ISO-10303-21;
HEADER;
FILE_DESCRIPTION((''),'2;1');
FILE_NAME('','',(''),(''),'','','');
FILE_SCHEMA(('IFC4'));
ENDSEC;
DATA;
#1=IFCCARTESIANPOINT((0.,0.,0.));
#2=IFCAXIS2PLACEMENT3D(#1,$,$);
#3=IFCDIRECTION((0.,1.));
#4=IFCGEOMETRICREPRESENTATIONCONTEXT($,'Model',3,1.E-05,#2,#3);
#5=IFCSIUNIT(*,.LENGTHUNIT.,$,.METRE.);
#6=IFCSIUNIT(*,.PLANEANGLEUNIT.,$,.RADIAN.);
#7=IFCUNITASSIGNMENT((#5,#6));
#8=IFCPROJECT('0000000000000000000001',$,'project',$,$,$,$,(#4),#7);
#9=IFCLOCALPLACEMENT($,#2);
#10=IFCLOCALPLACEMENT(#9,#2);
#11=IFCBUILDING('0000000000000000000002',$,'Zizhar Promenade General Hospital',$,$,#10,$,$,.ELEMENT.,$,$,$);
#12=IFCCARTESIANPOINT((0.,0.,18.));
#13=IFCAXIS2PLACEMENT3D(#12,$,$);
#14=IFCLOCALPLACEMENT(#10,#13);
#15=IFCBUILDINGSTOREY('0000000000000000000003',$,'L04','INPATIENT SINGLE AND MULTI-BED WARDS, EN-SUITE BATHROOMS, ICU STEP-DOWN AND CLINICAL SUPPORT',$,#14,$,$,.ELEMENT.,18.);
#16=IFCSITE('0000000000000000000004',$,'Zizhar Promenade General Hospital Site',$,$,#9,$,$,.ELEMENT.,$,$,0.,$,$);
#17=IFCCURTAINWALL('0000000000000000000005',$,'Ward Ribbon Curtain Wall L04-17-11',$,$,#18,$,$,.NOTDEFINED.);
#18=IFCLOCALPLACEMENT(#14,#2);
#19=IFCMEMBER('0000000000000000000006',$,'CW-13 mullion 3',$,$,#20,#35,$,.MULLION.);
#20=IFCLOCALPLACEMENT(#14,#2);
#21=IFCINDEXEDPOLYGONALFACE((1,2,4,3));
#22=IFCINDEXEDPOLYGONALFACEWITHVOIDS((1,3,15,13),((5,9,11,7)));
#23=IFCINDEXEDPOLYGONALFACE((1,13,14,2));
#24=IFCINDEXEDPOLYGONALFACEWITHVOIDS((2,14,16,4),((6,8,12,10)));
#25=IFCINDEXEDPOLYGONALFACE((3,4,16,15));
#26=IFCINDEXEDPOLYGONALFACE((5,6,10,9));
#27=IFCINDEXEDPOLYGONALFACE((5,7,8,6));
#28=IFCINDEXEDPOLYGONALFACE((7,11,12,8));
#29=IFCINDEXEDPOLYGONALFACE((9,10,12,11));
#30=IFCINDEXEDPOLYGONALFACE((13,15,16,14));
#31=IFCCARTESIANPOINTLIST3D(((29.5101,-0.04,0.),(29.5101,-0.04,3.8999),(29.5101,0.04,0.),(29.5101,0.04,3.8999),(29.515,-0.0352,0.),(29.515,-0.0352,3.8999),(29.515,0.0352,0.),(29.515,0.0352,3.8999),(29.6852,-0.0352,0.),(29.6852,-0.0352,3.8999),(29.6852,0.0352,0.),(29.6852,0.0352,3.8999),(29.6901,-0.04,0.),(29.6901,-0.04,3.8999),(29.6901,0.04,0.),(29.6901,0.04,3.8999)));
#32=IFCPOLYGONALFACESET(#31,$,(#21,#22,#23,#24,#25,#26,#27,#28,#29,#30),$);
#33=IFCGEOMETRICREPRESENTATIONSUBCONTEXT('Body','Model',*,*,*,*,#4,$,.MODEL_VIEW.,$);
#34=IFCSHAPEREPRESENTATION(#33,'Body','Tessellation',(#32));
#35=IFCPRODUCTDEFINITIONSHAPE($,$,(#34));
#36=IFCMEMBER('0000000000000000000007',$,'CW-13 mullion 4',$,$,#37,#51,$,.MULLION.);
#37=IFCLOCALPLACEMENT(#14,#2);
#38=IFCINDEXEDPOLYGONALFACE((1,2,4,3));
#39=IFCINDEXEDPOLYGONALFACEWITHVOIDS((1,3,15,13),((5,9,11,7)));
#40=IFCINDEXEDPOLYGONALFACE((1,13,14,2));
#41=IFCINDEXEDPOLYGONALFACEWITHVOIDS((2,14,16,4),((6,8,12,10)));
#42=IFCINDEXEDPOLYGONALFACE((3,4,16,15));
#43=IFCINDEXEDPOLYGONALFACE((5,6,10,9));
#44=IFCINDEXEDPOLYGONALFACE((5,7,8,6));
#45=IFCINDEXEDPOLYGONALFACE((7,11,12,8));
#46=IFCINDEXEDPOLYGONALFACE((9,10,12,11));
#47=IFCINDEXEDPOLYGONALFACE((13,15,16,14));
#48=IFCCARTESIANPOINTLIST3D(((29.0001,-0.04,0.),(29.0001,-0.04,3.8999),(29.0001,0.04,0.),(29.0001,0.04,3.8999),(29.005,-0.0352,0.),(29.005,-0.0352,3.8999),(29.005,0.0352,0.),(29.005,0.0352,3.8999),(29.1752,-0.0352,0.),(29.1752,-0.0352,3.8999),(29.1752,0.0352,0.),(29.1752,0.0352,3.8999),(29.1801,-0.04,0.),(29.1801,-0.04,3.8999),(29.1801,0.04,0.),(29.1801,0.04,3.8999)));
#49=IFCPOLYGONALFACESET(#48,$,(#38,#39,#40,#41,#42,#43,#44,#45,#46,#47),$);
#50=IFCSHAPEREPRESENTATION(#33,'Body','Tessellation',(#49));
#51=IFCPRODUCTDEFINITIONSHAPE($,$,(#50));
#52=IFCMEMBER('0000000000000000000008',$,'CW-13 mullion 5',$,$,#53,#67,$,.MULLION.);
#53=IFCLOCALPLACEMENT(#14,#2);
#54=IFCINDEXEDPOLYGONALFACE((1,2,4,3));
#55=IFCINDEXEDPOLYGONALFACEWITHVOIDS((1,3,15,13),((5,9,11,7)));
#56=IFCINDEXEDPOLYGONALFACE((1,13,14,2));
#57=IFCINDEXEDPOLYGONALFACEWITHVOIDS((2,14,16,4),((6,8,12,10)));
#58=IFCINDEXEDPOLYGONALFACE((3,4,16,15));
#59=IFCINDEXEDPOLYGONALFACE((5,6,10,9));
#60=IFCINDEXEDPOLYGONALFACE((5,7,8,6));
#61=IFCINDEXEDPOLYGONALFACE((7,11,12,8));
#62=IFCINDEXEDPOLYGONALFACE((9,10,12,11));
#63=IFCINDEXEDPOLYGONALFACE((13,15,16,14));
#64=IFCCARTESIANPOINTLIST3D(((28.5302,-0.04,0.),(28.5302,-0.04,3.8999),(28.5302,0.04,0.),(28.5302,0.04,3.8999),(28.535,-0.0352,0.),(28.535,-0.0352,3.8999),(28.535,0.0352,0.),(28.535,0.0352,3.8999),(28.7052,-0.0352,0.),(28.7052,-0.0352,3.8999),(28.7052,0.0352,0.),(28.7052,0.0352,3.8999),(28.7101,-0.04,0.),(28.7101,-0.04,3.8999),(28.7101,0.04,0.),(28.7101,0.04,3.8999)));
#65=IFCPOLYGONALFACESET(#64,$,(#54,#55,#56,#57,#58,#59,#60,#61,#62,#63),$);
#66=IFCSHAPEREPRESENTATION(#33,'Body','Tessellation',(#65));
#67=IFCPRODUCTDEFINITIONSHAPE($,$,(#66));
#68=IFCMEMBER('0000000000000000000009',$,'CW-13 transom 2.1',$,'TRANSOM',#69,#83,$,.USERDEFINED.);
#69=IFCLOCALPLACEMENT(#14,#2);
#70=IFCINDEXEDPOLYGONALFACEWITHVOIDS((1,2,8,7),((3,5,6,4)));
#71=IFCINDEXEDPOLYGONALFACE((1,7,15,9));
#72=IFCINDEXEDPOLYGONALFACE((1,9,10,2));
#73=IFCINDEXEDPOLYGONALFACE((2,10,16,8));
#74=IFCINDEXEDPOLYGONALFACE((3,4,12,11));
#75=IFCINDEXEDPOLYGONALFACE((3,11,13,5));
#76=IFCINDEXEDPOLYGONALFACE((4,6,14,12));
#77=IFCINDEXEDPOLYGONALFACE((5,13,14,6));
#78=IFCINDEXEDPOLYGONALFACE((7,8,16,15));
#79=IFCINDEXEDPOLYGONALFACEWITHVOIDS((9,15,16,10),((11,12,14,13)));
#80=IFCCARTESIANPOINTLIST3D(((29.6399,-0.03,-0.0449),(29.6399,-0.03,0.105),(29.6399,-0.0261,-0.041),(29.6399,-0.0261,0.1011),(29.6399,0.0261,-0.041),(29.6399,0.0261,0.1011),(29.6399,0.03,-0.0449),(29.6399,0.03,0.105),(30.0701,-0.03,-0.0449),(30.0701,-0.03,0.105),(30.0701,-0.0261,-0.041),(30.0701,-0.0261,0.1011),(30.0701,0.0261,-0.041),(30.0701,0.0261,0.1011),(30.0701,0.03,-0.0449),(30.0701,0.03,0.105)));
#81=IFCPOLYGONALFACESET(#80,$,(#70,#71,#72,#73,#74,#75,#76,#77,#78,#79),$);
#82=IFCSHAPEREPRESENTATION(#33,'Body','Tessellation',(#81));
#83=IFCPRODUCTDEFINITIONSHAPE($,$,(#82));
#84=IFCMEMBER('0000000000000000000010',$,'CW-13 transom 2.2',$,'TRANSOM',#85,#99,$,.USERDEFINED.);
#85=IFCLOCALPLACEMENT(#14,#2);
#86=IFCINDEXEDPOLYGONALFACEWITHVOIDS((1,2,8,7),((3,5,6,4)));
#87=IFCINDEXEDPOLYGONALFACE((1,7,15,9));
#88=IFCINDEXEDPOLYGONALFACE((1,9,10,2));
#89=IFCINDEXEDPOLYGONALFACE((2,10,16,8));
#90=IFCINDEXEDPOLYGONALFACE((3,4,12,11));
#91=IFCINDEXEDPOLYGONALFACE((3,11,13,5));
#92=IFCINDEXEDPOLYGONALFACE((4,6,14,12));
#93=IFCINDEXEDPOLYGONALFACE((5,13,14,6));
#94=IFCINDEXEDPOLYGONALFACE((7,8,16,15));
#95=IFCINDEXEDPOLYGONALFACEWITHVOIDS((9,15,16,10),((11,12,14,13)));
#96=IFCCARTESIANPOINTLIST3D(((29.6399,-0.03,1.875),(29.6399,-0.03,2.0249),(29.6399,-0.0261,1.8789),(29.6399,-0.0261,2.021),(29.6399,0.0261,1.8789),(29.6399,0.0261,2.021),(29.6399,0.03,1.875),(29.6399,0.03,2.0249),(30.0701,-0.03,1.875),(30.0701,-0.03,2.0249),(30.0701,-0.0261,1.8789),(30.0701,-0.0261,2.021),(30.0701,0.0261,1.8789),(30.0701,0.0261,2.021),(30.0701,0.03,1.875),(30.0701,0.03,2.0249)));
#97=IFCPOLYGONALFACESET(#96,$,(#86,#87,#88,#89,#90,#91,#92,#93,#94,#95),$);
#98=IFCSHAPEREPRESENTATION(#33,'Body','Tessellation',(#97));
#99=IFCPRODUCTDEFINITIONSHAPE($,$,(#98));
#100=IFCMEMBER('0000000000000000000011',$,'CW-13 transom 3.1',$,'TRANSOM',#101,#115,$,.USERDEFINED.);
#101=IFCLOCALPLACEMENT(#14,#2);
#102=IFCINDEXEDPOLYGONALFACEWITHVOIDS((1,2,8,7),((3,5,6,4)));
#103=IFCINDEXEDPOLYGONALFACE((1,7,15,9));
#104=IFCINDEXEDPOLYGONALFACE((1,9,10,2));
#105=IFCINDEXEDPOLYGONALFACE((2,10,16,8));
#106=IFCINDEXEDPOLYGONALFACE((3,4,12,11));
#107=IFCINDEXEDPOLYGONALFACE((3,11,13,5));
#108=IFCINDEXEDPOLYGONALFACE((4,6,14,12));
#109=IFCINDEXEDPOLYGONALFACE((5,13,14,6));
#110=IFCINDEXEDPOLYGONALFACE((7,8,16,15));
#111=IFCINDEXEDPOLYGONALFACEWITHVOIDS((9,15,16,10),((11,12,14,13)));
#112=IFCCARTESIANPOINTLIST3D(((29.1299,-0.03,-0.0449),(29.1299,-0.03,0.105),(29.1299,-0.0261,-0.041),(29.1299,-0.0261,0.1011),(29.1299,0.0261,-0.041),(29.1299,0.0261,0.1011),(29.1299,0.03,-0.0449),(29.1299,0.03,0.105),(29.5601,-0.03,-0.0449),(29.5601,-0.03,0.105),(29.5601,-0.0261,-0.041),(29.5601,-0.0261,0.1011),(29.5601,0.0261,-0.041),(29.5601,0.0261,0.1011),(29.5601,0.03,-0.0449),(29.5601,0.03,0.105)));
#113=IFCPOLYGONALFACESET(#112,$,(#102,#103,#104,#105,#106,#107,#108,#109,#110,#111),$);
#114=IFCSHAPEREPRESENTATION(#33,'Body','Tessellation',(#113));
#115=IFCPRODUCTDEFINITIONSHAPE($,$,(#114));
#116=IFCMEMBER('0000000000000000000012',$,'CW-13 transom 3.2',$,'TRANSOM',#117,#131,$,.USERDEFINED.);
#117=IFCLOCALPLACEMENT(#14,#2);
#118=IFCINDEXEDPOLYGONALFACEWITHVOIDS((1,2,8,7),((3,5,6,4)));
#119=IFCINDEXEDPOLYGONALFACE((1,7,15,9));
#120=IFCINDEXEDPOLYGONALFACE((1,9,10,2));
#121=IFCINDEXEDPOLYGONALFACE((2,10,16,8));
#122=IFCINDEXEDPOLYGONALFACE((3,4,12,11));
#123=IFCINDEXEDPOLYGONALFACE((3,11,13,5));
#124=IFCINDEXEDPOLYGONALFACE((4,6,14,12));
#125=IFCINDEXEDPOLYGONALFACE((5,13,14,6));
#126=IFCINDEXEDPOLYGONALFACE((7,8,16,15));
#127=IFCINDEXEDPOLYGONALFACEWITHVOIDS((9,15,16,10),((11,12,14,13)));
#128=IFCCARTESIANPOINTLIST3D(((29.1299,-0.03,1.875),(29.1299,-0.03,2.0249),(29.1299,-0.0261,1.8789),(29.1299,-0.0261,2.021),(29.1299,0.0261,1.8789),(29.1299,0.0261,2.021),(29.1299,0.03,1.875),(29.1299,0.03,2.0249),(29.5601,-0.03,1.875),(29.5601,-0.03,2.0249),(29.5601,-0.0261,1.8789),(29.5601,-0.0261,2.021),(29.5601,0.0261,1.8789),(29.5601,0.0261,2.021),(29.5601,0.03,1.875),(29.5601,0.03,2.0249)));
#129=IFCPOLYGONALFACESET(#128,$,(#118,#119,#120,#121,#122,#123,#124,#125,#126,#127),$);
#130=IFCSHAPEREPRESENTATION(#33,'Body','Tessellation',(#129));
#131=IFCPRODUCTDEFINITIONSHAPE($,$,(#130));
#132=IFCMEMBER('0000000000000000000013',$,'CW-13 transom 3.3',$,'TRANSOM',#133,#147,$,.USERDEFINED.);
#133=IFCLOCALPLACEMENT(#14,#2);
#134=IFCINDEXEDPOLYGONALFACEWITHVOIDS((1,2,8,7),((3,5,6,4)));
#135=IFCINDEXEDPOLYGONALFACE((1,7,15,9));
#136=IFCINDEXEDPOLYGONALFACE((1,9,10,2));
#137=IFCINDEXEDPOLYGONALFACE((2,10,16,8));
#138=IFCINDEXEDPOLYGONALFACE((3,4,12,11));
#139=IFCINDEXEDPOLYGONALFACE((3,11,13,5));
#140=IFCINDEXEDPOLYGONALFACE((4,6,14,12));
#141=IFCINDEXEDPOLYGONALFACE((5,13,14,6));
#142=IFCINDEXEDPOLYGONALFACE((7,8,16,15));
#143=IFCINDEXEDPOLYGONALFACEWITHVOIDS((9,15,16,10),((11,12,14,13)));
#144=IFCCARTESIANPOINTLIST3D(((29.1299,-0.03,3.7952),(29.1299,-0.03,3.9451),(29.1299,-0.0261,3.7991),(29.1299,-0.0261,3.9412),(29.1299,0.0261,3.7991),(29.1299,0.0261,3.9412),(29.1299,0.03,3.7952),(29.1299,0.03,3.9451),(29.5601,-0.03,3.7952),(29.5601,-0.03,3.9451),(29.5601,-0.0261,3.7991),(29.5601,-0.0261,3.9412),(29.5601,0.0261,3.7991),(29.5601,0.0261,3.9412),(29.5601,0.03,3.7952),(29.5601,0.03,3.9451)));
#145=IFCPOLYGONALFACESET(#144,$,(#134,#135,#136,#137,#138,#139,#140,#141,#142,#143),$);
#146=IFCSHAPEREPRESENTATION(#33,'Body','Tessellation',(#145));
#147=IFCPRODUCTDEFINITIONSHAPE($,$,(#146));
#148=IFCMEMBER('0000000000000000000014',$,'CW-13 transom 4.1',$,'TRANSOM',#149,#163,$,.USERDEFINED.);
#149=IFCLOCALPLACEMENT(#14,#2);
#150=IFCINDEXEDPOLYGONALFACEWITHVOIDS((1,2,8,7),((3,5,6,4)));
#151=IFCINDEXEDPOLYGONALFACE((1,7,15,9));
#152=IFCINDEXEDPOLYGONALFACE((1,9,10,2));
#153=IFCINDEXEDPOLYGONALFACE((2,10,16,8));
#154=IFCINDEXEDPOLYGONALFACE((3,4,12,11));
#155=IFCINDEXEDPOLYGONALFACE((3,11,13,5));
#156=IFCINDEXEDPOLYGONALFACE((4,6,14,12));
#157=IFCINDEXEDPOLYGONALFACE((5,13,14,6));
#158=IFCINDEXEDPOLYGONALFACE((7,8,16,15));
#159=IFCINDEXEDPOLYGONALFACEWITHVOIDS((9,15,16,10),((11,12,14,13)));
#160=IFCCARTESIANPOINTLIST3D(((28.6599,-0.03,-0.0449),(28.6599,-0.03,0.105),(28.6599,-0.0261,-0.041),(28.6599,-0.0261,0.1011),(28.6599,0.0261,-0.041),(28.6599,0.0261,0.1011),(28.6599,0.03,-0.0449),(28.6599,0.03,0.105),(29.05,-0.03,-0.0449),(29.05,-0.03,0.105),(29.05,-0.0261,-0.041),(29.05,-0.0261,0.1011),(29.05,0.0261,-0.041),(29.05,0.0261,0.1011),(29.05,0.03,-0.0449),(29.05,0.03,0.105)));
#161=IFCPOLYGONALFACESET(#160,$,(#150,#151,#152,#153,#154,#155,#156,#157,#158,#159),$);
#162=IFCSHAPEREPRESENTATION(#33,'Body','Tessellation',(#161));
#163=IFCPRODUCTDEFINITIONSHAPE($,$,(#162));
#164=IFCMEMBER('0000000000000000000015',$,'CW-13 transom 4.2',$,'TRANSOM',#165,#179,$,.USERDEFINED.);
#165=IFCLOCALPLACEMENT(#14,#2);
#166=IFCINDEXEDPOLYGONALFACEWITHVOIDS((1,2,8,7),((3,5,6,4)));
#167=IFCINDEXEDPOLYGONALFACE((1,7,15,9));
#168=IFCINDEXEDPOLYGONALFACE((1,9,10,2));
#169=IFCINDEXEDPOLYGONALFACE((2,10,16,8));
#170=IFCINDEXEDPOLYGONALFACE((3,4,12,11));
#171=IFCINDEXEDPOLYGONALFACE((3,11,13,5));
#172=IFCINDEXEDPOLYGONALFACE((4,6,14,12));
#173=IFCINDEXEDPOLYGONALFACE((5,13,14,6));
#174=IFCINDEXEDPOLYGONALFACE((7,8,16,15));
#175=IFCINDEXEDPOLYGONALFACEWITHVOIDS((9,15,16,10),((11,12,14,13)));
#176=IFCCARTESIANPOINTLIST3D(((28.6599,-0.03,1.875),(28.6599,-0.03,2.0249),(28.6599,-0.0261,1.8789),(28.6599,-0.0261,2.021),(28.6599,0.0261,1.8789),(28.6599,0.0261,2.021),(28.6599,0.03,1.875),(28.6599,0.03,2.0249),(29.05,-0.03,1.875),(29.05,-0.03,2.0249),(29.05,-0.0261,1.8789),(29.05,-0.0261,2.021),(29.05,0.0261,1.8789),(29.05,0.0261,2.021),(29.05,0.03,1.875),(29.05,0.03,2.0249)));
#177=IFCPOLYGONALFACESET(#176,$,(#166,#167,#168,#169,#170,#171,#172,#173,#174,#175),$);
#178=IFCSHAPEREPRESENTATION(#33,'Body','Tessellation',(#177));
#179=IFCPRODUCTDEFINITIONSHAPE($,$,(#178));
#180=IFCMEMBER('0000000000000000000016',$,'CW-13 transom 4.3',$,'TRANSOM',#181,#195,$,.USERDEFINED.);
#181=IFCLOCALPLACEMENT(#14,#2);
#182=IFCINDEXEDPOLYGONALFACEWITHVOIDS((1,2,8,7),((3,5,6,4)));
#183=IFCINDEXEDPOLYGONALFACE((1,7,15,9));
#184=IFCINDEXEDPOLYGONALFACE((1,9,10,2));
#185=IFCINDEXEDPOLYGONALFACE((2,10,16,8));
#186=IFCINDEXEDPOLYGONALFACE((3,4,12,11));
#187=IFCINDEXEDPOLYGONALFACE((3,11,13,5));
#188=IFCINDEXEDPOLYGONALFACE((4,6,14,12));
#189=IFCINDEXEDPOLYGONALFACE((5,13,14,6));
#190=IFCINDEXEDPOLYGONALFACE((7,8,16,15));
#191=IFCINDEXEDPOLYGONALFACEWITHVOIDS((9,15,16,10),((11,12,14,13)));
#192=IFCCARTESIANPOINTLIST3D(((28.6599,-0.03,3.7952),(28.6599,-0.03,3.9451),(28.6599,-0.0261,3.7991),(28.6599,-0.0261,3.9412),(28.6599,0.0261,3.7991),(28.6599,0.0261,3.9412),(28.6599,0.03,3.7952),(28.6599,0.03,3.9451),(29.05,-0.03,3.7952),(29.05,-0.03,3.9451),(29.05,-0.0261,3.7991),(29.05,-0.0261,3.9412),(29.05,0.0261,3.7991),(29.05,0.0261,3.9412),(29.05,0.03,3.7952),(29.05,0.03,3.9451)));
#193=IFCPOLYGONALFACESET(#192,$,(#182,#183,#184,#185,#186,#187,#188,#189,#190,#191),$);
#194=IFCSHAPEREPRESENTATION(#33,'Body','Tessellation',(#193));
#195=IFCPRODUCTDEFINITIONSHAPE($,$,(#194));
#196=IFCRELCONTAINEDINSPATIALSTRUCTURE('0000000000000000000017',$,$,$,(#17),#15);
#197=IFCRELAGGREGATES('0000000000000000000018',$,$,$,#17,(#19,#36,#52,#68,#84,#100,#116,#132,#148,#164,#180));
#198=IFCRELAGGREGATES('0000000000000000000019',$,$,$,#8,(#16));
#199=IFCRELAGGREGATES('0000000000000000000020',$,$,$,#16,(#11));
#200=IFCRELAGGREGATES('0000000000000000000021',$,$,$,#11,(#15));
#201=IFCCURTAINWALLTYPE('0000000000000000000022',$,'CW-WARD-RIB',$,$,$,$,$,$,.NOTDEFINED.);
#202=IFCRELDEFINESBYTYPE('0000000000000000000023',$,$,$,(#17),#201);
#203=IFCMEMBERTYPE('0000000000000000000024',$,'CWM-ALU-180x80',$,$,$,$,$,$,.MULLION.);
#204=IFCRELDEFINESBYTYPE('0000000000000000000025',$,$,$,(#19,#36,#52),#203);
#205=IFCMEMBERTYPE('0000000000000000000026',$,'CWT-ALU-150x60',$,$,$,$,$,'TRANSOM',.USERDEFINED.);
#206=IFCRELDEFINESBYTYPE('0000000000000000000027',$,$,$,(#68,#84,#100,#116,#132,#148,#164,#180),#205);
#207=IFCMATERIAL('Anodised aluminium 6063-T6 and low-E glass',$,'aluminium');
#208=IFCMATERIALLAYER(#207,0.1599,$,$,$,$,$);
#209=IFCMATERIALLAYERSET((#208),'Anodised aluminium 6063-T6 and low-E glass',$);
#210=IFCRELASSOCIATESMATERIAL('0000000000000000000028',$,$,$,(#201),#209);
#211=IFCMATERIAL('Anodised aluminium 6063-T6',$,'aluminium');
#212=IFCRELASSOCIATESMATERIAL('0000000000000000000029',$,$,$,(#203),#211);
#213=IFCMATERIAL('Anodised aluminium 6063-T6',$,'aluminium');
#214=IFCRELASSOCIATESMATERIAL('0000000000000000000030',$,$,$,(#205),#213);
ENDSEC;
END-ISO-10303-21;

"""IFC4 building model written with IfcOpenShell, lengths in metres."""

from ifc_helpers import new_model, si_unit, direction, frame, origin, origin_2d, place, context, subcontext, project, spatial, hollow_rectangle, extrude, material, layer, layer_set, material_profile, profile_set, type_object, element, aggregate, save


model = new_model("IFC4")

# Units and contexts
model_context = context("Model", 3, precision=1e-05, world=origin(), true_north=direction((0.0, 1.0)))
body_context = subcontext(model_context, "Body", "Model", "MODEL_VIEW")
ifc_project = project(units=[si_unit("LENGTHUNIT", "METRE"), si_unit("PLANEANGLEUNIT", "RADIAN")], contexts=[model_context])

# Site, building, storey
site_placement = place(None, origin())
site = spatial("IfcSite", under=ifc_project, at=site_placement, Name="Zizhar Promenade General Hospital Site", CompositionType="ELEMENT", RefElevation=0.0)
building_placement = place(site_placement, origin())
building = spatial("IfcBuilding", under=site, at=building_placement, Name="Zizhar Promenade General Hospital", CompositionType="ELEMENT")
storey_placement = place(building_placement, frame((0.0, 0.0, 18.0)))
storey = spatial("IfcBuildingStorey", under=building, at=storey_placement, Name="L04", Description="INPATIENT SINGLE AND MULTI-BED WARDS, EN-SUITE BATHROOMS, ICU STEP-DOWN AND CLINICAL SUPPORT", CompositionType="ELEMENT", Elevation=18.0)

# Curtain wall, members
ifc_material_1 = material(Name="Anodised aluminium 6063-T6 and low-E glass", Category="aluminium")
ifc_layer_1 = layer(ifc_material_1, 0.1599)
ifc_layer_set_1 = layer_set([ifc_layer_1], Name="Anodised aluminium 6063-T6 and low-E glass")
curtain_wall_type = type_object("IfcCurtainWallType", Name="CW-WARD-RIB", PredefinedType="NOTDEFINED", material=ifc_layer_set_1)
curtain_wall_placement = place(storey_placement, origin())
curtain_wall = element("IfcCurtainWall", 1, at=curtain_wall_placement, inside=storey, type_object=curtain_wall_type, Name="Ward Ribbon Curtain Wall L04-17-11", PredefinedType="NOTDEFINED")
ifc_material_2 = material(Name="Anodised aluminium 6063-T6", Category="aluminium")
ifc_material_profile_1 = material_profile(ifc_material_2, hollow_rectangle(XDim=0.0801, YDim=0.1799, WallThickness=0.0049, at=origin_2d()))
ifc_profile_set_1 = profile_set([ifc_material_profile_1], Name="Anodised aluminium 6063-T6")
member_type_1 = type_object("IfcMemberType", Name="CWM-ALU-180x80", PredefinedType="MULLION", material=ifc_profile_set_1)
member_1_placement = place(storey_placement, frame((29.6001, 0.0, 0.0), z_axis=(0.0, 0.0, 1.0), x_axis=(0.0, -1.0, 0.0)))
member_1 = element("IfcMember", 2, at=member_1_placement, type_object=member_type_1, Name="CW-13 mullion 3", PredefinedType="MULLION", context=body_context, shape_type="SweptSolid", body=[
    extrude(hollow_rectangle(XDim=0.0801, YDim=0.1799, WallThickness=0.0049, at=origin_2d()), origin(), (0.0, 0.0, 1.0), 3.8999),
])
member_2_placement = place(storey_placement, frame((29.0901, 0.0, 0.0), z_axis=(0.0, 0.0, 1.0), x_axis=(0.0, -1.0, 0.0)))
member_2 = element("IfcMember", 3, at=member_2_placement, type_object=member_type_1, Name="CW-13 mullion 4", PredefinedType="MULLION", context=body_context, shape_type="SweptSolid", body=[
    extrude(hollow_rectangle(XDim=0.0801, YDim=0.1799, WallThickness=0.0049, at=origin_2d()), origin(), (0.0, 0.0, 1.0), 3.8999),
])
member_3_placement = place(storey_placement, frame((28.6201, 0.0, 0.0), z_axis=(0.0, 0.0, 1.0), x_axis=(0.0, -1.0, 0.0)))
member_3 = element("IfcMember", 4, at=member_3_placement, type_object=member_type_1, Name="CW-13 mullion 5", PredefinedType="MULLION", context=body_context, shape_type="SweptSolid", body=[
    extrude(hollow_rectangle(XDim=0.0801, YDim=0.1799, WallThickness=0.0049, at=origin_2d()), origin(), (0.0, 0.0, 1.0), 3.8999),
])
ifc_material_3 = material(Name="Anodised aluminium 6063-T6", Category="aluminium")
ifc_material_profile_2 = material_profile(ifc_material_3, hollow_rectangle(XDim=0.0601, YDim=0.1499, WallThickness=0.0039, at=origin_2d()))
ifc_profile_set_2 = profile_set([ifc_material_profile_2], Name="Anodised aluminium 6063-T6")
member_type_2 = type_object("IfcMemberType", Name="CWT-ALU-150x60", ElementType="TRANSOM", PredefinedType="USERDEFINED", material=ifc_profile_set_2)
member_4_placement = place(storey_placement, frame((30.0701, 0.0, 0.03), z_axis=(-1.0, 0.0, 0.0), x_axis=(0.0, -1.0, 0.0)))
member_4 = element("IfcMember", 5, at=member_4_placement, type_object=member_type_2, Name="CW-13 transom 2.1", ObjectType="TRANSOM", PredefinedType="USERDEFINED", context=body_context, shape_type="SweptSolid", body=[
    extrude(hollow_rectangle(XDim=0.0601, YDim=0.1499, WallThickness=0.0039, at=origin_2d()), origin(), (0.0, 0.0, 1.0), 0.4302),
])
member_5_placement = place(storey_placement, frame((30.0701, 0.0, 1.95), z_axis=(-1.0, 0.0, 0.0), x_axis=(0.0, -1.0, 0.0)))
member_5 = element("IfcMember", 6, at=member_5_placement, type_object=member_type_2, Name="CW-13 transom 2.2", ObjectType="TRANSOM", PredefinedType="USERDEFINED", context=body_context, shape_type="SweptSolid", body=[
    extrude(hollow_rectangle(XDim=0.0601, YDim=0.1499, WallThickness=0.0039, at=origin_2d()), origin(), (0.0, 0.0, 1.0), 0.4302),
])
member_6_placement = place(storey_placement, frame((29.5601, 0.0, 0.03), z_axis=(-1.0, 0.0, 0.0), x_axis=(0.0, -1.0, 0.0)))
member_6 = element("IfcMember", 7, at=member_6_placement, type_object=member_type_2, Name="CW-13 transom 3.1", ObjectType="TRANSOM", PredefinedType="USERDEFINED", context=body_context, shape_type="SweptSolid", body=[
    extrude(hollow_rectangle(XDim=0.0601, YDim=0.1499, WallThickness=0.0039, at=origin_2d()), origin(), (0.0, 0.0, 1.0), 0.4302),
])
member_7_placement = place(storey_placement, frame((29.5601, 0.0, 1.95), z_axis=(-1.0, 0.0, 0.0), x_axis=(0.0, -1.0, 0.0)))
member_7 = element("IfcMember", 8, at=member_7_placement, type_object=member_type_2, Name="CW-13 transom 3.2", ObjectType="TRANSOM", PredefinedType="USERDEFINED", context=body_context, shape_type="SweptSolid", body=[
    extrude(hollow_rectangle(XDim=0.0601, YDim=0.1499, WallThickness=0.0039, at=origin_2d()), origin(), (0.0, 0.0, 1.0), 0.4302),
])
member_8_placement = place(storey_placement, frame((29.5601, 0.0, 3.8701), z_axis=(-1.0, 0.0, 0.0), x_axis=(0.0, -1.0, 0.0)))
member_8 = element("IfcMember", 9, at=member_8_placement, type_object=member_type_2, Name="CW-13 transom 3.3", ObjectType="TRANSOM", PredefinedType="USERDEFINED", context=body_context, shape_type="SweptSolid", body=[
    extrude(hollow_rectangle(XDim=0.0601, YDim=0.1499, WallThickness=0.0039, at=origin_2d()), origin(), (0.0, 0.0, 1.0), 0.4302),
])
member_9_placement = place(storey_placement, frame((29.05, 0.0, 0.03), z_axis=(-1.0, 0.0, 0.0), x_axis=(0.0, -1.0, 0.0)))
member_9 = element("IfcMember", 10, at=member_9_placement, type_object=member_type_2, Name="CW-13 transom 4.1", ObjectType="TRANSOM", PredefinedType="USERDEFINED", context=body_context, shape_type="SweptSolid", body=[
    extrude(hollow_rectangle(XDim=0.0601, YDim=0.1499, WallThickness=0.0039, at=origin_2d()), origin(), (0.0, 0.0, 1.0), 0.3901),
])
member_10_placement = place(storey_placement, frame((29.05, 0.0, 1.95), z_axis=(-1.0, 0.0, 0.0), x_axis=(0.0, -1.0, 0.0)))
member_10 = element("IfcMember", 11, at=member_10_placement, type_object=member_type_2, Name="CW-13 transom 4.2", ObjectType="TRANSOM", PredefinedType="USERDEFINED", context=body_context, shape_type="SweptSolid", body=[
    extrude(hollow_rectangle(XDim=0.0601, YDim=0.1499, WallThickness=0.0039, at=origin_2d()), origin(), (0.0, 0.0, 1.0), 0.3901),
])
member_11_placement = place(storey_placement, frame((29.05, 0.0, 3.8701), z_axis=(-1.0, 0.0, 0.0), x_axis=(0.0, -1.0, 0.0)))
member_11 = element("IfcMember", 12, at=member_11_placement, type_object=member_type_2, Name="CW-13 transom 4.3", ObjectType="TRANSOM", PredefinedType="USERDEFINED", context=body_context, shape_type="SweptSolid", body=[
    extrude(hollow_rectangle(XDim=0.0601, YDim=0.1499, WallThickness=0.0039, at=origin_2d()), origin(), (0.0, 0.0, 1.0), 0.3901),
])
aggregate(curtain_wall, [member_1, member_2, member_3, member_4, member_5, member_6, member_7, member_8, member_9, member_10, member_11])

save(model, "model.ifc")
